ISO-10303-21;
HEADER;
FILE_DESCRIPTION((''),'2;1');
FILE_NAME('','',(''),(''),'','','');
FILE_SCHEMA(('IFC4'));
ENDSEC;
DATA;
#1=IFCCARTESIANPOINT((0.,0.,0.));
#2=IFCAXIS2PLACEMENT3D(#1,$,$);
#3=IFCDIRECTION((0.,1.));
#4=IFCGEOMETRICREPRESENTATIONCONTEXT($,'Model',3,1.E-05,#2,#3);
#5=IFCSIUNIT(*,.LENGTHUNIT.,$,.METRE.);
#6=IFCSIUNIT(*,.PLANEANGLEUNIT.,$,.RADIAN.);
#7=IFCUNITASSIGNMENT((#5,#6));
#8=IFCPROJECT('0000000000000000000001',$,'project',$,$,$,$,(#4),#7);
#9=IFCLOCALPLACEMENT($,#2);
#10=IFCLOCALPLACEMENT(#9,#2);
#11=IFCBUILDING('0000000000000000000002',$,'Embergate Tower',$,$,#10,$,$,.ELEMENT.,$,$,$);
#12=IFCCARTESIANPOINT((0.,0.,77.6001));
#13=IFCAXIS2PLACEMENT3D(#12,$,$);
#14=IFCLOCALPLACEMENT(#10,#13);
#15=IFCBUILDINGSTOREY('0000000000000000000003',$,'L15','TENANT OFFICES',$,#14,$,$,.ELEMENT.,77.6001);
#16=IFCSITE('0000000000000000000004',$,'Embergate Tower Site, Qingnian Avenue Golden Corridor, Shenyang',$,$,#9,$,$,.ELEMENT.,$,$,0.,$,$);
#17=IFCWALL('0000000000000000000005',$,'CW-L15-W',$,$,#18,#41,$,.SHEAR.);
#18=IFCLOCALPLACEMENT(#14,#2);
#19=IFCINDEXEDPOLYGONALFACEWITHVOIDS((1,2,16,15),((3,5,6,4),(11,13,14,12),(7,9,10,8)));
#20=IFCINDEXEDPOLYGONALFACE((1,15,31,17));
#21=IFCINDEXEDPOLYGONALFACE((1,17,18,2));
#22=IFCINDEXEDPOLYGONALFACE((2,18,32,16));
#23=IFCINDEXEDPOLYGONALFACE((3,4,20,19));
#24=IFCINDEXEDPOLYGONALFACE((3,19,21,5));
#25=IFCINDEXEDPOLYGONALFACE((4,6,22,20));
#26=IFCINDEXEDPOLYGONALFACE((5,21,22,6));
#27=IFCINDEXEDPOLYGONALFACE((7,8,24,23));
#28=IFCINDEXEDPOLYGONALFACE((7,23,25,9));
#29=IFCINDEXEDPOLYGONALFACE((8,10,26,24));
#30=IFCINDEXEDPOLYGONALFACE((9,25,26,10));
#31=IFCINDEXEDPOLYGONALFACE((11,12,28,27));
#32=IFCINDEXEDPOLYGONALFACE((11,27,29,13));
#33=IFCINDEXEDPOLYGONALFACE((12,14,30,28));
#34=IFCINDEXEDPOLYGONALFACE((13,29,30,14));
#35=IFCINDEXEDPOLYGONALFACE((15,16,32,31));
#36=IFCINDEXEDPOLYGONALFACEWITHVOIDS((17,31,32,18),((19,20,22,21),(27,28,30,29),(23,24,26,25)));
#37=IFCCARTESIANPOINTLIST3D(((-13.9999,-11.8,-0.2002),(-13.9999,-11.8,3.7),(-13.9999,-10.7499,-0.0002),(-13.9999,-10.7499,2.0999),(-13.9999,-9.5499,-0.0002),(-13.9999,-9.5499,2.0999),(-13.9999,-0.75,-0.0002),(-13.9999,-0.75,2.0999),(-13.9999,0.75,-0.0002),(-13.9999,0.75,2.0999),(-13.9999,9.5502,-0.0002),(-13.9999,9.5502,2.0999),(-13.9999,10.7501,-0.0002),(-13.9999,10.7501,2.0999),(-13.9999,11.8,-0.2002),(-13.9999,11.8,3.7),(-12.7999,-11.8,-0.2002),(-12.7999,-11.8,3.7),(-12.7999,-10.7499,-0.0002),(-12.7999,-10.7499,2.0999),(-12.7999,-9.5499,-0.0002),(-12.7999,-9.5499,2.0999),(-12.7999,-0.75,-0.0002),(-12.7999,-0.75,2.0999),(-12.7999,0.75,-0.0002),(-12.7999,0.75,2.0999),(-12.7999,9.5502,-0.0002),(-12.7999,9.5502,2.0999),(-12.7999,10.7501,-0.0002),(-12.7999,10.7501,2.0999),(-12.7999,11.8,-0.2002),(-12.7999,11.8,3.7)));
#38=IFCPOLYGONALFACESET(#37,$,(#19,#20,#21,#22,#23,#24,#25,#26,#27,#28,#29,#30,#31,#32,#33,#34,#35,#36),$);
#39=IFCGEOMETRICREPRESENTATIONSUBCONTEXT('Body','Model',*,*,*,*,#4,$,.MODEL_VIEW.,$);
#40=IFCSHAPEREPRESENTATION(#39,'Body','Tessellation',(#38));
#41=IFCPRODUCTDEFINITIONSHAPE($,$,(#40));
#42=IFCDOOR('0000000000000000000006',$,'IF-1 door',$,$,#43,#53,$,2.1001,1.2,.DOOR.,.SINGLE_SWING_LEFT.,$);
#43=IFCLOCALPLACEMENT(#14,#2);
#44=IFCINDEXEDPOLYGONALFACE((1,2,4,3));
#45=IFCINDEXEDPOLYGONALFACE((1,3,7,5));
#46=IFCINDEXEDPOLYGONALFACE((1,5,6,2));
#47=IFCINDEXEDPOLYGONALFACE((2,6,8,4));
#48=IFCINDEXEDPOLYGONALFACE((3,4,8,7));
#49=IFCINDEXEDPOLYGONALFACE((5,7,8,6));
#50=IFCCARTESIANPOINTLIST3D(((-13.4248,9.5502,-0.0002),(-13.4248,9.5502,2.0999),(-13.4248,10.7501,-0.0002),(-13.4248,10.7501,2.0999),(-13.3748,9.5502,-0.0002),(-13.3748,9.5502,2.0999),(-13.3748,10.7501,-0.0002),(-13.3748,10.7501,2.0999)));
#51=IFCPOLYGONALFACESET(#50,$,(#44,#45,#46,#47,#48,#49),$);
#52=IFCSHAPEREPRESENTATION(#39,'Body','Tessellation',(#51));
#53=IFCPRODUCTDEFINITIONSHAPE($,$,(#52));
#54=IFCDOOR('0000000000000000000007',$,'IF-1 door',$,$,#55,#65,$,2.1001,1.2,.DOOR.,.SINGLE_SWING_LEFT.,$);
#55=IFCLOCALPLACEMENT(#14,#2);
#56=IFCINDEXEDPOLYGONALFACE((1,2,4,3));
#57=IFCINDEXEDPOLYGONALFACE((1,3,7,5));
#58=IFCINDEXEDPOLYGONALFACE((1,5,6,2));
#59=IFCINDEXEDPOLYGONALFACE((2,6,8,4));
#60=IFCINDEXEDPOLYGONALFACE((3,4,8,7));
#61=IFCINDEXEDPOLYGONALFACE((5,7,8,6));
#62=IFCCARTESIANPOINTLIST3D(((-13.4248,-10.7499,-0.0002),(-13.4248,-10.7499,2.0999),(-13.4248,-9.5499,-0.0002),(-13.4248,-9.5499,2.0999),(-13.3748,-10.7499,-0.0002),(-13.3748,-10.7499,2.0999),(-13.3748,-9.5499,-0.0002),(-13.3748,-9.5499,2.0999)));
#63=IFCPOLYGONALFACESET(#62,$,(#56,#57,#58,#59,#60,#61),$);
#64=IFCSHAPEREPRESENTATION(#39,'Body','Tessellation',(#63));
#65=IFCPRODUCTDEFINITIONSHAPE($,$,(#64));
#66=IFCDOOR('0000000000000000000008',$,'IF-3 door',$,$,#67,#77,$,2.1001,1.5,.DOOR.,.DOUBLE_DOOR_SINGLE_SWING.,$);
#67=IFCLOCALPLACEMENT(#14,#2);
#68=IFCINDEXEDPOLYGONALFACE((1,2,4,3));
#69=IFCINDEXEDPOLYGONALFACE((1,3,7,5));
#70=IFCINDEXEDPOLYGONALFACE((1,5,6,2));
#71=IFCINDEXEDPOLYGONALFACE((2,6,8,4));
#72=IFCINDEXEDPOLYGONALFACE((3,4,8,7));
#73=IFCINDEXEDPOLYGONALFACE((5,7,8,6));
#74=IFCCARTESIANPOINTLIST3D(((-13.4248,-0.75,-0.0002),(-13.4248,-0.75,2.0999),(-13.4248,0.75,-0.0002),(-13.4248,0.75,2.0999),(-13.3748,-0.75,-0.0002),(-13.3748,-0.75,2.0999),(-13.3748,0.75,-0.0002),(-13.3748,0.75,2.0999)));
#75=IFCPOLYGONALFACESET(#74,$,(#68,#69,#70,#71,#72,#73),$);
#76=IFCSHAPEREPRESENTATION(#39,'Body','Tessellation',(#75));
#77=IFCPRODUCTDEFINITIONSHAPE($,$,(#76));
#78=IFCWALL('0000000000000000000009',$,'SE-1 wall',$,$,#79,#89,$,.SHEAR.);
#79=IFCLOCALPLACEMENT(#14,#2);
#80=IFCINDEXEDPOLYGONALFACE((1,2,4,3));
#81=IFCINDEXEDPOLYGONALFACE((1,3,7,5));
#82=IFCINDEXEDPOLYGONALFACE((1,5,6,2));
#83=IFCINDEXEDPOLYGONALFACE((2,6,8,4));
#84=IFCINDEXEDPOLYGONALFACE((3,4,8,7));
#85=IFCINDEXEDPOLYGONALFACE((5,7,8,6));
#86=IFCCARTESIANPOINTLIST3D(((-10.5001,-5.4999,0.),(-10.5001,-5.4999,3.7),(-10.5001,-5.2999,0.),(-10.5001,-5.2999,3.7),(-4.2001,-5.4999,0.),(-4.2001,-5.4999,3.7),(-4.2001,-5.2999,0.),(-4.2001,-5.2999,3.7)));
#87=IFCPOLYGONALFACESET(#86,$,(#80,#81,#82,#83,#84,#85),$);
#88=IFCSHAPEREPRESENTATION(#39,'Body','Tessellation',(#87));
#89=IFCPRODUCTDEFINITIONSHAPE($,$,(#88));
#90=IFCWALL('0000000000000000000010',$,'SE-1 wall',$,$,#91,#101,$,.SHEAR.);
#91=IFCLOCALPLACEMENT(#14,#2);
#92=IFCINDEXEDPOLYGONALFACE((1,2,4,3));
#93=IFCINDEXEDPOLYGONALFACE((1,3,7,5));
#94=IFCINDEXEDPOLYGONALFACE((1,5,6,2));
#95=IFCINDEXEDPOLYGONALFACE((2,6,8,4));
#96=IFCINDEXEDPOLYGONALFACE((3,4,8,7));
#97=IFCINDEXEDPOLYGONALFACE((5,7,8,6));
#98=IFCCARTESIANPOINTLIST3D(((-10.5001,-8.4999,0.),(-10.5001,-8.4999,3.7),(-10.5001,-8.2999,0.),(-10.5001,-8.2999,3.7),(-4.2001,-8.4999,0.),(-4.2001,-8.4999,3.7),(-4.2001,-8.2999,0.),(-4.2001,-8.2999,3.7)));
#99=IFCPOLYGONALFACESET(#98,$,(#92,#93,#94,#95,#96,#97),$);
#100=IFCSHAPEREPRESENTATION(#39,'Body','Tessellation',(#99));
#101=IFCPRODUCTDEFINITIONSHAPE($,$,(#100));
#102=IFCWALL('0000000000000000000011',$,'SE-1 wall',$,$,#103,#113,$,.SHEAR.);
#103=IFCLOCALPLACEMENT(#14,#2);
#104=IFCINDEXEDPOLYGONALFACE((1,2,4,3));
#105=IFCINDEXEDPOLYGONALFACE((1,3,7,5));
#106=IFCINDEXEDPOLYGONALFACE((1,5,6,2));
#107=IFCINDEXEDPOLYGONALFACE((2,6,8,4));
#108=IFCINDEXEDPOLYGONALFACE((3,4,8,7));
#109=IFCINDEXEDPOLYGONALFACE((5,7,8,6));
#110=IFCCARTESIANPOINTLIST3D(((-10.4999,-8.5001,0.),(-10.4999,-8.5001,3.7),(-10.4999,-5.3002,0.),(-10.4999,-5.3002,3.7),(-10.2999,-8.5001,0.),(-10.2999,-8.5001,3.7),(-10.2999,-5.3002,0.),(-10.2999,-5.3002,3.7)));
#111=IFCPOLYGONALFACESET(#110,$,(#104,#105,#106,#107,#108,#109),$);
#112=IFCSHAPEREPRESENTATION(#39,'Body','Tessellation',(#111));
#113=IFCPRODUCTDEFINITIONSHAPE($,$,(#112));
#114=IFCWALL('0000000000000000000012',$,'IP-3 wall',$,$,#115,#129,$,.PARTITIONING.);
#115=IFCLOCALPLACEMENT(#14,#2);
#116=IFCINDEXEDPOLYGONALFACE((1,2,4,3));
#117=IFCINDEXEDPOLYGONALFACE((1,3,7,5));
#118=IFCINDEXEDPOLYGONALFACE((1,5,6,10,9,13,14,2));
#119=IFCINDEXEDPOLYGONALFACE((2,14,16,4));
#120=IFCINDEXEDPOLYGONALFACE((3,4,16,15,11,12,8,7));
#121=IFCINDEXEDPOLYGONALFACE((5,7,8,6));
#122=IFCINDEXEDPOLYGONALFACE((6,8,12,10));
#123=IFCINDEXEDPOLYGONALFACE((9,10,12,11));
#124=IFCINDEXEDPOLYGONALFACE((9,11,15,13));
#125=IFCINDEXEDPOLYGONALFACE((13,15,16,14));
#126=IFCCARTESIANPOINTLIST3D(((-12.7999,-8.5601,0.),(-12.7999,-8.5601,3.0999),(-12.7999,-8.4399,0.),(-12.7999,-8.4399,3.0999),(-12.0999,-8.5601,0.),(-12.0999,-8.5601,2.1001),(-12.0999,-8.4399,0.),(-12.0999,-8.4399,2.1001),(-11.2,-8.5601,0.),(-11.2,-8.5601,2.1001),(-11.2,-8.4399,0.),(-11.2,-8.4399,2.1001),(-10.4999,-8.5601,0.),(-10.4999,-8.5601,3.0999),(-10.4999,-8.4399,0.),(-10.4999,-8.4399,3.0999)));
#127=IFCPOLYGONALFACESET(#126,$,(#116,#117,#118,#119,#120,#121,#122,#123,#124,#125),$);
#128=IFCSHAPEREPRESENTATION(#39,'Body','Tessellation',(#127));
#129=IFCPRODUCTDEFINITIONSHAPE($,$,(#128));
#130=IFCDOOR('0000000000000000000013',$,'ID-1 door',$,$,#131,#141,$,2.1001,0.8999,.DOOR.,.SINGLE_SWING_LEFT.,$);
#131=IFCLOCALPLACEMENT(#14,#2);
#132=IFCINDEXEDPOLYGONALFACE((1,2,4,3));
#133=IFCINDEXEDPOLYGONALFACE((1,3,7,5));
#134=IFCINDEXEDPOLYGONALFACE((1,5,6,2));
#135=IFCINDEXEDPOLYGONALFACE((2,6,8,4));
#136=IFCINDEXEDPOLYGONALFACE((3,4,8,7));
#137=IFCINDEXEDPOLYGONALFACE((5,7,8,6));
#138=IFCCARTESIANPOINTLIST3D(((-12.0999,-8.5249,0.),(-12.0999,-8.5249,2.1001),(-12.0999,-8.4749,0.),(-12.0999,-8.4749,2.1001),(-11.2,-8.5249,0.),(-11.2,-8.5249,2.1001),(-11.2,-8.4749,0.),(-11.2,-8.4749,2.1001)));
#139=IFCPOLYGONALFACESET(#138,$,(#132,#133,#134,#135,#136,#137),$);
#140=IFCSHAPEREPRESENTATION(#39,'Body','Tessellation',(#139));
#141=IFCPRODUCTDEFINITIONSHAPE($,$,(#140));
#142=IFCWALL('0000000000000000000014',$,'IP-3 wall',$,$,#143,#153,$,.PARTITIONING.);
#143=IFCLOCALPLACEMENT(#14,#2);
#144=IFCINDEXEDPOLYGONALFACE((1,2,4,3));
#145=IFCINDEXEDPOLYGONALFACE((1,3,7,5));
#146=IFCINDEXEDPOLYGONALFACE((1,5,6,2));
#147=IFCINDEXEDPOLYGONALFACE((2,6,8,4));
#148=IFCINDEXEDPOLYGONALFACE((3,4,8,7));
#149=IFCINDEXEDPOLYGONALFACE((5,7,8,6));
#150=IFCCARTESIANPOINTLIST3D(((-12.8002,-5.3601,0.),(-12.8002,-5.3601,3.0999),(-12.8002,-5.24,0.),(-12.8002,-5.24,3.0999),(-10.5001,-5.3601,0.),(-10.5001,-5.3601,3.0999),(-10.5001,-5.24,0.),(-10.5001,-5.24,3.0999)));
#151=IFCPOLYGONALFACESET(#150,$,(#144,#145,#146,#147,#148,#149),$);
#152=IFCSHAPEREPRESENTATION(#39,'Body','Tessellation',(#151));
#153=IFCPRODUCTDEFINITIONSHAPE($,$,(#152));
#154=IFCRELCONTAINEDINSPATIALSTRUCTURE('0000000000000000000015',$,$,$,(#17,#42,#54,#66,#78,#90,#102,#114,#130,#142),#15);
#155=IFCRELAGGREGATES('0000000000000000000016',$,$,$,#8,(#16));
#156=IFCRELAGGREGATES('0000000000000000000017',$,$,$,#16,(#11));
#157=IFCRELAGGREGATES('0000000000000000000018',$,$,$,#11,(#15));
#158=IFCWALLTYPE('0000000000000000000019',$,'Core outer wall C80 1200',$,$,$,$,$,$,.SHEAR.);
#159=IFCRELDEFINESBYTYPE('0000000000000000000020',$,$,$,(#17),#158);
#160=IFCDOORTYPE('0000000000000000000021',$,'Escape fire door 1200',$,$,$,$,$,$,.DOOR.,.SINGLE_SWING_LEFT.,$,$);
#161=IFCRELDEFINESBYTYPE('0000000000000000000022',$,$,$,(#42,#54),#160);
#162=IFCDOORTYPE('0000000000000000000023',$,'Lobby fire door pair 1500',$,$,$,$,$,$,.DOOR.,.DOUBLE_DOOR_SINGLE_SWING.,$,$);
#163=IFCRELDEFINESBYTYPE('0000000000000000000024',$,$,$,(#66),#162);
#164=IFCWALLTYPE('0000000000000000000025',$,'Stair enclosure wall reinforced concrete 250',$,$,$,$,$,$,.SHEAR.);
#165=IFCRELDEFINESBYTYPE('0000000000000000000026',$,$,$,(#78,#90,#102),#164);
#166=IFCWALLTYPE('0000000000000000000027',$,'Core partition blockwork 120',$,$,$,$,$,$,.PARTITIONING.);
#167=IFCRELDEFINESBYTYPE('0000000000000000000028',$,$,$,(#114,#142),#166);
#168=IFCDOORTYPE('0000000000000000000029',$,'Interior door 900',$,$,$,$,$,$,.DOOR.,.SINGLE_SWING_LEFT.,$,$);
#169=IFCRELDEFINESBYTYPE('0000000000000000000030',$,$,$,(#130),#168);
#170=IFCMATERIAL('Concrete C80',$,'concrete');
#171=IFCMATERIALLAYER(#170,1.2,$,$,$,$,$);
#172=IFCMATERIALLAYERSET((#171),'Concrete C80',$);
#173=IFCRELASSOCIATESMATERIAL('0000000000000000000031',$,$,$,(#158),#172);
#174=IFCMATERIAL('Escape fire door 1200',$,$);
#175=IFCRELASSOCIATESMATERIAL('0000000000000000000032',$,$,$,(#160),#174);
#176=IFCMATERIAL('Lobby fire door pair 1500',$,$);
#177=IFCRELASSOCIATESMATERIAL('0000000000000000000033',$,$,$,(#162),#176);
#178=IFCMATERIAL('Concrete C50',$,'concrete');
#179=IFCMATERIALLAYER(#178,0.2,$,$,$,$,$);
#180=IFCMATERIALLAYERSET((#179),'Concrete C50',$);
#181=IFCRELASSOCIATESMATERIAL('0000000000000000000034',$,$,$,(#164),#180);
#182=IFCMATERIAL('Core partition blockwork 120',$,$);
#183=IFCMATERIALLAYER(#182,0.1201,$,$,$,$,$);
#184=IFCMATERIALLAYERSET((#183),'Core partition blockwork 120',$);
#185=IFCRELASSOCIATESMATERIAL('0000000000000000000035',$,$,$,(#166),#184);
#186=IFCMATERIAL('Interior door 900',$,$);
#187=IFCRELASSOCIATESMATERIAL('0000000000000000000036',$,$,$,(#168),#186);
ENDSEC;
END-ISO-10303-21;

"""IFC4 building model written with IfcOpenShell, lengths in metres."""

from ifc_helpers import new_model, si_unit, direction, frame, frame_2d, origin, place, context, subcontext, project, spatial, rectangle, extrude, source, transform, mapped, material, layer, layer_set, type_object, element, fill, save


model = new_model("IFC4")

# Units and contexts
model_context = context("Model", 3, precision=1e-05, world=origin(), true_north=direction((0.0, 1.0)))
body_context = subcontext(model_context, "Body", "Model", "MODEL_VIEW")
ifc_project = project(units=[si_unit("LENGTHUNIT", "METRE"), si_unit("PLANEANGLEUNIT", "RADIAN")], contexts=[model_context])

# Site, building, storey
site_placement = place(None, origin())
site = spatial("IfcSite", under=ifc_project, at=site_placement, Name="Embergate Tower Site, Qingnian Avenue Golden Corridor, Shenyang", CompositionType="ELEMENT", RefElevation=0.0)
building_placement = place(site_placement, origin())
building = spatial("IfcBuilding", under=site, at=building_placement, Name="Embergate Tower", CompositionType="ELEMENT")
storey_placement = place(building_placement, frame((0.0, 0.0, 77.6001)))
storey = spatial("IfcBuildingStorey", under=building, at=storey_placement, Name="L15", Description="TENANT OFFICES", CompositionType="ELEMENT", Elevation=77.6001)

# Wall, openings, doors
ifc_material_1 = material(Name="Concrete C80", Category="concrete")
ifc_layer_1 = layer(ifc_material_1, 1.2)
ifc_layer_set_1 = layer_set([ifc_layer_1], Name="Concrete C80")
wall_type_1 = type_object("IfcWallType", Name="Core outer wall C80 1200", PredefinedType="SHEAR", material=ifc_layer_set_1)
shared_shape_1 = source(origin(), body_context, "Body", "SweptSolid", [
    extrude(rectangle(XDim=23.6001, YDim=1.2, at=frame_2d((11.8, 0.0))), origin(), (0.0, 0.0, 1.0), 3.9001),
])
wall_1_placement = place(storey_placement, frame((-13.3999, -11.8, -0.2002), z_axis=(0.0, 0.0, 1.0), x_axis=(0.0, 1.0, 0.0)))
wall_1 = element("IfcWall", 1, at=wall_1_placement, inside=storey, type_object=wall_type_1, Name="CW-L15-W", PredefinedType="SHEAR", context=body_context, shape_type="MappedRepresentation", body=[
    mapped(shared_shape_1, transform((0.0, 0.0, 0.0))),
])
shared_shape_2 = source(origin(), body_context, "Body", "SweptSolid", [
    extrude(rectangle(XDim=1.2, YDim=2.1001, at=frame_2d((0.6001, 1.05))), frame((0.0, 0.6099, 0.0), z_axis=(0.0, -1.0, 0.0), x_axis=(1.0, 0.0, 0.0)), (0.0, 0.0, 1.0), 1.22),
])
opening_1_placement = place(wall_1_placement, frame((21.3501, 0.0, 0.2)))
opening_1 = element("IfcOpeningElement", 2, at=opening_1_placement, cuts=wall_1, PredefinedType="OPENING", context=body_context, shape_type="MappedRepresentation", body=[
    mapped(shared_shape_2, transform((0.0, 0.0, 0.0))),
])
opening_2_placement = place(wall_1_placement, frame((1.05, 0.0, 0.2)))
opening_2 = element("IfcOpeningElement", 3, at=opening_2_placement, cuts=wall_1, PredefinedType="OPENING", context=body_context, shape_type="MappedRepresentation", body=[
    mapped(shared_shape_2, transform((0.0, 0.0, 0.0))),
])
shared_shape_3 = source(origin(), body_context, "Body", "SweptSolid", [
    extrude(rectangle(XDim=1.5, YDim=2.1001, at=frame_2d((0.75, 1.05))), frame((0.0, 0.6099, 0.0), z_axis=(0.0, -1.0, 0.0), x_axis=(1.0, 0.0, 0.0)), (0.0, 0.0, 1.0), 1.22),
])
opening_3_placement = place(wall_1_placement, frame((11.05, 0.0, 0.2)))
opening_3 = element("IfcOpeningElement", 4, at=opening_3_placement, cuts=wall_1, PredefinedType="OPENING", context=body_context, shape_type="MappedRepresentation", body=[
    mapped(shared_shape_3, transform((0.0, 0.0, 0.0))),
])
ifc_material_2 = material(Name="Escape fire door 1200")
door_type_1 = type_object("IfcDoorType", Name="Escape fire door 1200", OperationType="SINGLE_SWING_LEFT", PredefinedType="DOOR", material=ifc_material_2)
shared_shape_4 = source(origin(), body_context, "Body", "SweptSolid", [
    extrude(rectangle(XDim=1.2, YDim=2.1001, at=frame_2d((0.6001, 1.05))), frame((0.0, 0.0249, 0.0), z_axis=(0.0, -1.0, 0.0), x_axis=(1.0, 0.0, 0.0)), (0.0, 0.0, 1.0), 0.05),
])
door_1_placement = place(opening_1_placement, origin())
door_1 = element("IfcDoor", 5, at=door_1_placement, inside=storey, type_object=door_type_1, Name="IF-1 door", OperationType="SINGLE_SWING_LEFT", OverallHeight=2.1001, OverallWidth=1.2, PredefinedType="DOOR", context=body_context, shape_type="MappedRepresentation", body=[
    mapped(shared_shape_4, transform((0.0, 0.0, 0.0))),
])
fill(opening_1, door_1)
door_2_placement = place(opening_2_placement, origin())
door_2 = element("IfcDoor", 6, at=door_2_placement, inside=storey, type_object=door_type_1, Name="IF-1 door", OperationType="SINGLE_SWING_LEFT", OverallHeight=2.1001, OverallWidth=1.2, PredefinedType="DOOR", context=body_context, shape_type="MappedRepresentation", body=[
    mapped(shared_shape_4, transform((0.0, 0.0, 0.0))),
])
fill(opening_2, door_2)
ifc_material_3 = material(Name="Lobby fire door pair 1500")
door_type_2 = type_object("IfcDoorType", Name="Lobby fire door pair 1500", OperationType="DOUBLE_DOOR_SINGLE_SWING", PredefinedType="DOOR", material=ifc_material_3)
shared_shape_5 = source(origin(), body_context, "Body", "SweptSolid", [
    extrude(rectangle(XDim=1.5, YDim=2.1001, at=frame_2d((0.75, 1.05))), frame((0.0, 0.0249, 0.0), z_axis=(0.0, -1.0, 0.0), x_axis=(1.0, 0.0, 0.0)), (0.0, 0.0, 1.0), 0.05),
])
door_3_placement = place(opening_3_placement, origin())
door_3 = element("IfcDoor", 7, at=door_3_placement, inside=storey, type_object=door_type_2, Name="IF-3 door", OperationType="DOUBLE_DOOR_SINGLE_SWING", OverallHeight=2.1001, OverallWidth=1.5, PredefinedType="DOOR", context=body_context, shape_type="MappedRepresentation", body=[
    mapped(shared_shape_5, transform((0.0, 0.0, 0.0))),
])
fill(opening_3, door_3)

# Walls
ifc_material_4 = material(Name="Concrete C50", Category="concrete")
ifc_layer_2 = layer(ifc_material_4, 0.2)
ifc_layer_set_2 = layer_set([ifc_layer_2], Name="Concrete C50")
wall_type_2 = type_object("IfcWallType", Name="Stair enclosure wall reinforced concrete 250", PredefinedType="SHEAR", material=ifc_layer_set_2)
shared_shape_6 = source(origin(), body_context, "Body", "SweptSolid", [
    extrude(rectangle(XDim=6.3, YDim=0.2, at=frame_2d((3.1499, 0.0))), origin(), (0.0, 0.0, 1.0), 3.7),
])
for number, where, z_axis, x_axis, name in (
    (8, (-10.5, -5.3999, 0.0), (0.0, 0.0, 1.0), (1.0, 0.0, 0.0), "SE-1 wall"),
    (9, (-10.5, -8.3999, 0.0), (0.0, 0.0, 1.0), (1.0, 0.0, 0.0), "SE-1 wall"),
):
    element("IfcWall", number, at=place(storey_placement, frame(where, z_axis=z_axis, x_axis=x_axis)), inside=storey, type_object=wall_type_2, Name=name, PredefinedType="SHEAR", context=body_context, shape_type="MappedRepresentation", body=[
        mapped(shared_shape_6, transform((0.0, 0.0, 0.0))),
    ])
shared_shape_7 = source(origin(), body_context, "Body", "SweptSolid", [
    extrude(rectangle(XDim=3.2, YDim=0.2, at=frame_2d((1.6001, 0.0))), origin(), (0.0, 0.0, 1.0), 3.7),
])
wall_2_placement = place(storey_placement, frame((-10.3999, -5.3, 0.0), z_axis=(0.0, 0.0, 1.0), x_axis=(0.0, -1.0, 0.0)))
element("IfcWall", 10, at=wall_2_placement, inside=storey, type_object=wall_type_2, Name="SE-1 wall", PredefinedType="SHEAR", context=body_context, shape_type="MappedRepresentation", body=[
    mapped(shared_shape_7, transform((0.0, 0.0, 0.0))),
])

# Wall, opening, door
ifc_material_5 = material(Name="Core partition blockwork 120")
ifc_layer_3 = layer(ifc_material_5, 0.1201)
ifc_layer_set_3 = layer_set([ifc_layer_3], Name="Core partition blockwork 120")
wall_type_3 = type_object("IfcWallType", Name="Core partition blockwork 120", PredefinedType="PARTITIONING", material=ifc_layer_set_3)
shared_shape_8 = source(origin(), body_context, "Body", "SweptSolid", [
    extrude(rectangle(XDim=2.3, YDim=0.1201, at=frame_2d((1.1499, 0.0))), origin(), (0.0, 0.0, 1.0), 3.0999),
])
wall_3_placement = place(storey_placement, frame((-10.5, -8.5, 0.0), z_axis=(0.0, 0.0, 1.0), x_axis=(-1.0, 0.0, 0.0)))
wall_3 = element("IfcWall", 11, at=wall_3_placement, inside=storey, type_object=wall_type_3, Name="IP-3 wall", PredefinedType="PARTITIONING", context=body_context, shape_type="MappedRepresentation", body=[
    mapped(shared_shape_8, transform((0.0, 0.0, 0.0))),
])
shared_shape_9 = source(origin(), body_context, "Body", "SweptSolid", [
    extrude(rectangle(XDim=0.8999, YDim=2.1001, at=frame_2d((0.45, 1.05))), frame((0.0, 0.0701, 0.0), z_axis=(0.0, -1.0, 0.0), x_axis=(1.0, 0.0, 0.0)), (0.0, 0.0, 1.0), 0.1401),
])
opening_4_placement = place(wall_3_placement, frame((0.7, 0.0, 0.0)))
opening_4 = element("IfcOpeningElement", 12, at=opening_4_placement, cuts=wall_3, PredefinedType="OPENING", context=body_context, shape_type="MappedRepresentation", body=[
    mapped(shared_shape_9, transform((0.0, 0.0, 0.0))),
])
ifc_material_6 = material(Name="Interior door 900")
door_type_3 = type_object("IfcDoorType", Name="Interior door 900", OperationType="SINGLE_SWING_LEFT", PredefinedType="DOOR", material=ifc_material_6)
shared_shape_10 = source(origin(), body_context, "Body", "SweptSolid", [
    extrude(rectangle(XDim=0.8999, YDim=2.1001, at=frame_2d((0.45, 1.05))), frame((0.0, 0.0249, 0.0), z_axis=(0.0, -1.0, 0.0), x_axis=(1.0, 0.0, 0.0)), (0.0, 0.0, 1.0), 0.05),
])
door_4_placement = place(opening_4_placement, origin())
door_4 = element("IfcDoor", 13, at=door_4_placement, inside=storey, type_object=door_type_3, Name="ID-1 door", OperationType="SINGLE_SWING_LEFT", OverallHeight=2.1001, OverallWidth=0.8999, PredefinedType="DOOR", context=body_context, shape_type="MappedRepresentation", body=[
    mapped(shared_shape_10, transform((0.0, 0.0, 0.0))),
])
fill(opening_4, door_4)

# Wall
wall_4_placement = place(storey_placement, frame((-12.8, -5.3, 0.0), z_axis=(0.0, 0.0, 1.0), x_axis=(1.0, 0.0, 0.0)))
element("IfcWall", 14, at=wall_4_placement, inside=storey, type_object=wall_type_3, Name="IP-3 wall", PredefinedType="PARTITIONING", context=body_context, shape_type="MappedRepresentation", body=[
    mapped(shared_shape_8, transform((0.0, 0.0, 0.0))),
])

save(model, "model.ifc")
